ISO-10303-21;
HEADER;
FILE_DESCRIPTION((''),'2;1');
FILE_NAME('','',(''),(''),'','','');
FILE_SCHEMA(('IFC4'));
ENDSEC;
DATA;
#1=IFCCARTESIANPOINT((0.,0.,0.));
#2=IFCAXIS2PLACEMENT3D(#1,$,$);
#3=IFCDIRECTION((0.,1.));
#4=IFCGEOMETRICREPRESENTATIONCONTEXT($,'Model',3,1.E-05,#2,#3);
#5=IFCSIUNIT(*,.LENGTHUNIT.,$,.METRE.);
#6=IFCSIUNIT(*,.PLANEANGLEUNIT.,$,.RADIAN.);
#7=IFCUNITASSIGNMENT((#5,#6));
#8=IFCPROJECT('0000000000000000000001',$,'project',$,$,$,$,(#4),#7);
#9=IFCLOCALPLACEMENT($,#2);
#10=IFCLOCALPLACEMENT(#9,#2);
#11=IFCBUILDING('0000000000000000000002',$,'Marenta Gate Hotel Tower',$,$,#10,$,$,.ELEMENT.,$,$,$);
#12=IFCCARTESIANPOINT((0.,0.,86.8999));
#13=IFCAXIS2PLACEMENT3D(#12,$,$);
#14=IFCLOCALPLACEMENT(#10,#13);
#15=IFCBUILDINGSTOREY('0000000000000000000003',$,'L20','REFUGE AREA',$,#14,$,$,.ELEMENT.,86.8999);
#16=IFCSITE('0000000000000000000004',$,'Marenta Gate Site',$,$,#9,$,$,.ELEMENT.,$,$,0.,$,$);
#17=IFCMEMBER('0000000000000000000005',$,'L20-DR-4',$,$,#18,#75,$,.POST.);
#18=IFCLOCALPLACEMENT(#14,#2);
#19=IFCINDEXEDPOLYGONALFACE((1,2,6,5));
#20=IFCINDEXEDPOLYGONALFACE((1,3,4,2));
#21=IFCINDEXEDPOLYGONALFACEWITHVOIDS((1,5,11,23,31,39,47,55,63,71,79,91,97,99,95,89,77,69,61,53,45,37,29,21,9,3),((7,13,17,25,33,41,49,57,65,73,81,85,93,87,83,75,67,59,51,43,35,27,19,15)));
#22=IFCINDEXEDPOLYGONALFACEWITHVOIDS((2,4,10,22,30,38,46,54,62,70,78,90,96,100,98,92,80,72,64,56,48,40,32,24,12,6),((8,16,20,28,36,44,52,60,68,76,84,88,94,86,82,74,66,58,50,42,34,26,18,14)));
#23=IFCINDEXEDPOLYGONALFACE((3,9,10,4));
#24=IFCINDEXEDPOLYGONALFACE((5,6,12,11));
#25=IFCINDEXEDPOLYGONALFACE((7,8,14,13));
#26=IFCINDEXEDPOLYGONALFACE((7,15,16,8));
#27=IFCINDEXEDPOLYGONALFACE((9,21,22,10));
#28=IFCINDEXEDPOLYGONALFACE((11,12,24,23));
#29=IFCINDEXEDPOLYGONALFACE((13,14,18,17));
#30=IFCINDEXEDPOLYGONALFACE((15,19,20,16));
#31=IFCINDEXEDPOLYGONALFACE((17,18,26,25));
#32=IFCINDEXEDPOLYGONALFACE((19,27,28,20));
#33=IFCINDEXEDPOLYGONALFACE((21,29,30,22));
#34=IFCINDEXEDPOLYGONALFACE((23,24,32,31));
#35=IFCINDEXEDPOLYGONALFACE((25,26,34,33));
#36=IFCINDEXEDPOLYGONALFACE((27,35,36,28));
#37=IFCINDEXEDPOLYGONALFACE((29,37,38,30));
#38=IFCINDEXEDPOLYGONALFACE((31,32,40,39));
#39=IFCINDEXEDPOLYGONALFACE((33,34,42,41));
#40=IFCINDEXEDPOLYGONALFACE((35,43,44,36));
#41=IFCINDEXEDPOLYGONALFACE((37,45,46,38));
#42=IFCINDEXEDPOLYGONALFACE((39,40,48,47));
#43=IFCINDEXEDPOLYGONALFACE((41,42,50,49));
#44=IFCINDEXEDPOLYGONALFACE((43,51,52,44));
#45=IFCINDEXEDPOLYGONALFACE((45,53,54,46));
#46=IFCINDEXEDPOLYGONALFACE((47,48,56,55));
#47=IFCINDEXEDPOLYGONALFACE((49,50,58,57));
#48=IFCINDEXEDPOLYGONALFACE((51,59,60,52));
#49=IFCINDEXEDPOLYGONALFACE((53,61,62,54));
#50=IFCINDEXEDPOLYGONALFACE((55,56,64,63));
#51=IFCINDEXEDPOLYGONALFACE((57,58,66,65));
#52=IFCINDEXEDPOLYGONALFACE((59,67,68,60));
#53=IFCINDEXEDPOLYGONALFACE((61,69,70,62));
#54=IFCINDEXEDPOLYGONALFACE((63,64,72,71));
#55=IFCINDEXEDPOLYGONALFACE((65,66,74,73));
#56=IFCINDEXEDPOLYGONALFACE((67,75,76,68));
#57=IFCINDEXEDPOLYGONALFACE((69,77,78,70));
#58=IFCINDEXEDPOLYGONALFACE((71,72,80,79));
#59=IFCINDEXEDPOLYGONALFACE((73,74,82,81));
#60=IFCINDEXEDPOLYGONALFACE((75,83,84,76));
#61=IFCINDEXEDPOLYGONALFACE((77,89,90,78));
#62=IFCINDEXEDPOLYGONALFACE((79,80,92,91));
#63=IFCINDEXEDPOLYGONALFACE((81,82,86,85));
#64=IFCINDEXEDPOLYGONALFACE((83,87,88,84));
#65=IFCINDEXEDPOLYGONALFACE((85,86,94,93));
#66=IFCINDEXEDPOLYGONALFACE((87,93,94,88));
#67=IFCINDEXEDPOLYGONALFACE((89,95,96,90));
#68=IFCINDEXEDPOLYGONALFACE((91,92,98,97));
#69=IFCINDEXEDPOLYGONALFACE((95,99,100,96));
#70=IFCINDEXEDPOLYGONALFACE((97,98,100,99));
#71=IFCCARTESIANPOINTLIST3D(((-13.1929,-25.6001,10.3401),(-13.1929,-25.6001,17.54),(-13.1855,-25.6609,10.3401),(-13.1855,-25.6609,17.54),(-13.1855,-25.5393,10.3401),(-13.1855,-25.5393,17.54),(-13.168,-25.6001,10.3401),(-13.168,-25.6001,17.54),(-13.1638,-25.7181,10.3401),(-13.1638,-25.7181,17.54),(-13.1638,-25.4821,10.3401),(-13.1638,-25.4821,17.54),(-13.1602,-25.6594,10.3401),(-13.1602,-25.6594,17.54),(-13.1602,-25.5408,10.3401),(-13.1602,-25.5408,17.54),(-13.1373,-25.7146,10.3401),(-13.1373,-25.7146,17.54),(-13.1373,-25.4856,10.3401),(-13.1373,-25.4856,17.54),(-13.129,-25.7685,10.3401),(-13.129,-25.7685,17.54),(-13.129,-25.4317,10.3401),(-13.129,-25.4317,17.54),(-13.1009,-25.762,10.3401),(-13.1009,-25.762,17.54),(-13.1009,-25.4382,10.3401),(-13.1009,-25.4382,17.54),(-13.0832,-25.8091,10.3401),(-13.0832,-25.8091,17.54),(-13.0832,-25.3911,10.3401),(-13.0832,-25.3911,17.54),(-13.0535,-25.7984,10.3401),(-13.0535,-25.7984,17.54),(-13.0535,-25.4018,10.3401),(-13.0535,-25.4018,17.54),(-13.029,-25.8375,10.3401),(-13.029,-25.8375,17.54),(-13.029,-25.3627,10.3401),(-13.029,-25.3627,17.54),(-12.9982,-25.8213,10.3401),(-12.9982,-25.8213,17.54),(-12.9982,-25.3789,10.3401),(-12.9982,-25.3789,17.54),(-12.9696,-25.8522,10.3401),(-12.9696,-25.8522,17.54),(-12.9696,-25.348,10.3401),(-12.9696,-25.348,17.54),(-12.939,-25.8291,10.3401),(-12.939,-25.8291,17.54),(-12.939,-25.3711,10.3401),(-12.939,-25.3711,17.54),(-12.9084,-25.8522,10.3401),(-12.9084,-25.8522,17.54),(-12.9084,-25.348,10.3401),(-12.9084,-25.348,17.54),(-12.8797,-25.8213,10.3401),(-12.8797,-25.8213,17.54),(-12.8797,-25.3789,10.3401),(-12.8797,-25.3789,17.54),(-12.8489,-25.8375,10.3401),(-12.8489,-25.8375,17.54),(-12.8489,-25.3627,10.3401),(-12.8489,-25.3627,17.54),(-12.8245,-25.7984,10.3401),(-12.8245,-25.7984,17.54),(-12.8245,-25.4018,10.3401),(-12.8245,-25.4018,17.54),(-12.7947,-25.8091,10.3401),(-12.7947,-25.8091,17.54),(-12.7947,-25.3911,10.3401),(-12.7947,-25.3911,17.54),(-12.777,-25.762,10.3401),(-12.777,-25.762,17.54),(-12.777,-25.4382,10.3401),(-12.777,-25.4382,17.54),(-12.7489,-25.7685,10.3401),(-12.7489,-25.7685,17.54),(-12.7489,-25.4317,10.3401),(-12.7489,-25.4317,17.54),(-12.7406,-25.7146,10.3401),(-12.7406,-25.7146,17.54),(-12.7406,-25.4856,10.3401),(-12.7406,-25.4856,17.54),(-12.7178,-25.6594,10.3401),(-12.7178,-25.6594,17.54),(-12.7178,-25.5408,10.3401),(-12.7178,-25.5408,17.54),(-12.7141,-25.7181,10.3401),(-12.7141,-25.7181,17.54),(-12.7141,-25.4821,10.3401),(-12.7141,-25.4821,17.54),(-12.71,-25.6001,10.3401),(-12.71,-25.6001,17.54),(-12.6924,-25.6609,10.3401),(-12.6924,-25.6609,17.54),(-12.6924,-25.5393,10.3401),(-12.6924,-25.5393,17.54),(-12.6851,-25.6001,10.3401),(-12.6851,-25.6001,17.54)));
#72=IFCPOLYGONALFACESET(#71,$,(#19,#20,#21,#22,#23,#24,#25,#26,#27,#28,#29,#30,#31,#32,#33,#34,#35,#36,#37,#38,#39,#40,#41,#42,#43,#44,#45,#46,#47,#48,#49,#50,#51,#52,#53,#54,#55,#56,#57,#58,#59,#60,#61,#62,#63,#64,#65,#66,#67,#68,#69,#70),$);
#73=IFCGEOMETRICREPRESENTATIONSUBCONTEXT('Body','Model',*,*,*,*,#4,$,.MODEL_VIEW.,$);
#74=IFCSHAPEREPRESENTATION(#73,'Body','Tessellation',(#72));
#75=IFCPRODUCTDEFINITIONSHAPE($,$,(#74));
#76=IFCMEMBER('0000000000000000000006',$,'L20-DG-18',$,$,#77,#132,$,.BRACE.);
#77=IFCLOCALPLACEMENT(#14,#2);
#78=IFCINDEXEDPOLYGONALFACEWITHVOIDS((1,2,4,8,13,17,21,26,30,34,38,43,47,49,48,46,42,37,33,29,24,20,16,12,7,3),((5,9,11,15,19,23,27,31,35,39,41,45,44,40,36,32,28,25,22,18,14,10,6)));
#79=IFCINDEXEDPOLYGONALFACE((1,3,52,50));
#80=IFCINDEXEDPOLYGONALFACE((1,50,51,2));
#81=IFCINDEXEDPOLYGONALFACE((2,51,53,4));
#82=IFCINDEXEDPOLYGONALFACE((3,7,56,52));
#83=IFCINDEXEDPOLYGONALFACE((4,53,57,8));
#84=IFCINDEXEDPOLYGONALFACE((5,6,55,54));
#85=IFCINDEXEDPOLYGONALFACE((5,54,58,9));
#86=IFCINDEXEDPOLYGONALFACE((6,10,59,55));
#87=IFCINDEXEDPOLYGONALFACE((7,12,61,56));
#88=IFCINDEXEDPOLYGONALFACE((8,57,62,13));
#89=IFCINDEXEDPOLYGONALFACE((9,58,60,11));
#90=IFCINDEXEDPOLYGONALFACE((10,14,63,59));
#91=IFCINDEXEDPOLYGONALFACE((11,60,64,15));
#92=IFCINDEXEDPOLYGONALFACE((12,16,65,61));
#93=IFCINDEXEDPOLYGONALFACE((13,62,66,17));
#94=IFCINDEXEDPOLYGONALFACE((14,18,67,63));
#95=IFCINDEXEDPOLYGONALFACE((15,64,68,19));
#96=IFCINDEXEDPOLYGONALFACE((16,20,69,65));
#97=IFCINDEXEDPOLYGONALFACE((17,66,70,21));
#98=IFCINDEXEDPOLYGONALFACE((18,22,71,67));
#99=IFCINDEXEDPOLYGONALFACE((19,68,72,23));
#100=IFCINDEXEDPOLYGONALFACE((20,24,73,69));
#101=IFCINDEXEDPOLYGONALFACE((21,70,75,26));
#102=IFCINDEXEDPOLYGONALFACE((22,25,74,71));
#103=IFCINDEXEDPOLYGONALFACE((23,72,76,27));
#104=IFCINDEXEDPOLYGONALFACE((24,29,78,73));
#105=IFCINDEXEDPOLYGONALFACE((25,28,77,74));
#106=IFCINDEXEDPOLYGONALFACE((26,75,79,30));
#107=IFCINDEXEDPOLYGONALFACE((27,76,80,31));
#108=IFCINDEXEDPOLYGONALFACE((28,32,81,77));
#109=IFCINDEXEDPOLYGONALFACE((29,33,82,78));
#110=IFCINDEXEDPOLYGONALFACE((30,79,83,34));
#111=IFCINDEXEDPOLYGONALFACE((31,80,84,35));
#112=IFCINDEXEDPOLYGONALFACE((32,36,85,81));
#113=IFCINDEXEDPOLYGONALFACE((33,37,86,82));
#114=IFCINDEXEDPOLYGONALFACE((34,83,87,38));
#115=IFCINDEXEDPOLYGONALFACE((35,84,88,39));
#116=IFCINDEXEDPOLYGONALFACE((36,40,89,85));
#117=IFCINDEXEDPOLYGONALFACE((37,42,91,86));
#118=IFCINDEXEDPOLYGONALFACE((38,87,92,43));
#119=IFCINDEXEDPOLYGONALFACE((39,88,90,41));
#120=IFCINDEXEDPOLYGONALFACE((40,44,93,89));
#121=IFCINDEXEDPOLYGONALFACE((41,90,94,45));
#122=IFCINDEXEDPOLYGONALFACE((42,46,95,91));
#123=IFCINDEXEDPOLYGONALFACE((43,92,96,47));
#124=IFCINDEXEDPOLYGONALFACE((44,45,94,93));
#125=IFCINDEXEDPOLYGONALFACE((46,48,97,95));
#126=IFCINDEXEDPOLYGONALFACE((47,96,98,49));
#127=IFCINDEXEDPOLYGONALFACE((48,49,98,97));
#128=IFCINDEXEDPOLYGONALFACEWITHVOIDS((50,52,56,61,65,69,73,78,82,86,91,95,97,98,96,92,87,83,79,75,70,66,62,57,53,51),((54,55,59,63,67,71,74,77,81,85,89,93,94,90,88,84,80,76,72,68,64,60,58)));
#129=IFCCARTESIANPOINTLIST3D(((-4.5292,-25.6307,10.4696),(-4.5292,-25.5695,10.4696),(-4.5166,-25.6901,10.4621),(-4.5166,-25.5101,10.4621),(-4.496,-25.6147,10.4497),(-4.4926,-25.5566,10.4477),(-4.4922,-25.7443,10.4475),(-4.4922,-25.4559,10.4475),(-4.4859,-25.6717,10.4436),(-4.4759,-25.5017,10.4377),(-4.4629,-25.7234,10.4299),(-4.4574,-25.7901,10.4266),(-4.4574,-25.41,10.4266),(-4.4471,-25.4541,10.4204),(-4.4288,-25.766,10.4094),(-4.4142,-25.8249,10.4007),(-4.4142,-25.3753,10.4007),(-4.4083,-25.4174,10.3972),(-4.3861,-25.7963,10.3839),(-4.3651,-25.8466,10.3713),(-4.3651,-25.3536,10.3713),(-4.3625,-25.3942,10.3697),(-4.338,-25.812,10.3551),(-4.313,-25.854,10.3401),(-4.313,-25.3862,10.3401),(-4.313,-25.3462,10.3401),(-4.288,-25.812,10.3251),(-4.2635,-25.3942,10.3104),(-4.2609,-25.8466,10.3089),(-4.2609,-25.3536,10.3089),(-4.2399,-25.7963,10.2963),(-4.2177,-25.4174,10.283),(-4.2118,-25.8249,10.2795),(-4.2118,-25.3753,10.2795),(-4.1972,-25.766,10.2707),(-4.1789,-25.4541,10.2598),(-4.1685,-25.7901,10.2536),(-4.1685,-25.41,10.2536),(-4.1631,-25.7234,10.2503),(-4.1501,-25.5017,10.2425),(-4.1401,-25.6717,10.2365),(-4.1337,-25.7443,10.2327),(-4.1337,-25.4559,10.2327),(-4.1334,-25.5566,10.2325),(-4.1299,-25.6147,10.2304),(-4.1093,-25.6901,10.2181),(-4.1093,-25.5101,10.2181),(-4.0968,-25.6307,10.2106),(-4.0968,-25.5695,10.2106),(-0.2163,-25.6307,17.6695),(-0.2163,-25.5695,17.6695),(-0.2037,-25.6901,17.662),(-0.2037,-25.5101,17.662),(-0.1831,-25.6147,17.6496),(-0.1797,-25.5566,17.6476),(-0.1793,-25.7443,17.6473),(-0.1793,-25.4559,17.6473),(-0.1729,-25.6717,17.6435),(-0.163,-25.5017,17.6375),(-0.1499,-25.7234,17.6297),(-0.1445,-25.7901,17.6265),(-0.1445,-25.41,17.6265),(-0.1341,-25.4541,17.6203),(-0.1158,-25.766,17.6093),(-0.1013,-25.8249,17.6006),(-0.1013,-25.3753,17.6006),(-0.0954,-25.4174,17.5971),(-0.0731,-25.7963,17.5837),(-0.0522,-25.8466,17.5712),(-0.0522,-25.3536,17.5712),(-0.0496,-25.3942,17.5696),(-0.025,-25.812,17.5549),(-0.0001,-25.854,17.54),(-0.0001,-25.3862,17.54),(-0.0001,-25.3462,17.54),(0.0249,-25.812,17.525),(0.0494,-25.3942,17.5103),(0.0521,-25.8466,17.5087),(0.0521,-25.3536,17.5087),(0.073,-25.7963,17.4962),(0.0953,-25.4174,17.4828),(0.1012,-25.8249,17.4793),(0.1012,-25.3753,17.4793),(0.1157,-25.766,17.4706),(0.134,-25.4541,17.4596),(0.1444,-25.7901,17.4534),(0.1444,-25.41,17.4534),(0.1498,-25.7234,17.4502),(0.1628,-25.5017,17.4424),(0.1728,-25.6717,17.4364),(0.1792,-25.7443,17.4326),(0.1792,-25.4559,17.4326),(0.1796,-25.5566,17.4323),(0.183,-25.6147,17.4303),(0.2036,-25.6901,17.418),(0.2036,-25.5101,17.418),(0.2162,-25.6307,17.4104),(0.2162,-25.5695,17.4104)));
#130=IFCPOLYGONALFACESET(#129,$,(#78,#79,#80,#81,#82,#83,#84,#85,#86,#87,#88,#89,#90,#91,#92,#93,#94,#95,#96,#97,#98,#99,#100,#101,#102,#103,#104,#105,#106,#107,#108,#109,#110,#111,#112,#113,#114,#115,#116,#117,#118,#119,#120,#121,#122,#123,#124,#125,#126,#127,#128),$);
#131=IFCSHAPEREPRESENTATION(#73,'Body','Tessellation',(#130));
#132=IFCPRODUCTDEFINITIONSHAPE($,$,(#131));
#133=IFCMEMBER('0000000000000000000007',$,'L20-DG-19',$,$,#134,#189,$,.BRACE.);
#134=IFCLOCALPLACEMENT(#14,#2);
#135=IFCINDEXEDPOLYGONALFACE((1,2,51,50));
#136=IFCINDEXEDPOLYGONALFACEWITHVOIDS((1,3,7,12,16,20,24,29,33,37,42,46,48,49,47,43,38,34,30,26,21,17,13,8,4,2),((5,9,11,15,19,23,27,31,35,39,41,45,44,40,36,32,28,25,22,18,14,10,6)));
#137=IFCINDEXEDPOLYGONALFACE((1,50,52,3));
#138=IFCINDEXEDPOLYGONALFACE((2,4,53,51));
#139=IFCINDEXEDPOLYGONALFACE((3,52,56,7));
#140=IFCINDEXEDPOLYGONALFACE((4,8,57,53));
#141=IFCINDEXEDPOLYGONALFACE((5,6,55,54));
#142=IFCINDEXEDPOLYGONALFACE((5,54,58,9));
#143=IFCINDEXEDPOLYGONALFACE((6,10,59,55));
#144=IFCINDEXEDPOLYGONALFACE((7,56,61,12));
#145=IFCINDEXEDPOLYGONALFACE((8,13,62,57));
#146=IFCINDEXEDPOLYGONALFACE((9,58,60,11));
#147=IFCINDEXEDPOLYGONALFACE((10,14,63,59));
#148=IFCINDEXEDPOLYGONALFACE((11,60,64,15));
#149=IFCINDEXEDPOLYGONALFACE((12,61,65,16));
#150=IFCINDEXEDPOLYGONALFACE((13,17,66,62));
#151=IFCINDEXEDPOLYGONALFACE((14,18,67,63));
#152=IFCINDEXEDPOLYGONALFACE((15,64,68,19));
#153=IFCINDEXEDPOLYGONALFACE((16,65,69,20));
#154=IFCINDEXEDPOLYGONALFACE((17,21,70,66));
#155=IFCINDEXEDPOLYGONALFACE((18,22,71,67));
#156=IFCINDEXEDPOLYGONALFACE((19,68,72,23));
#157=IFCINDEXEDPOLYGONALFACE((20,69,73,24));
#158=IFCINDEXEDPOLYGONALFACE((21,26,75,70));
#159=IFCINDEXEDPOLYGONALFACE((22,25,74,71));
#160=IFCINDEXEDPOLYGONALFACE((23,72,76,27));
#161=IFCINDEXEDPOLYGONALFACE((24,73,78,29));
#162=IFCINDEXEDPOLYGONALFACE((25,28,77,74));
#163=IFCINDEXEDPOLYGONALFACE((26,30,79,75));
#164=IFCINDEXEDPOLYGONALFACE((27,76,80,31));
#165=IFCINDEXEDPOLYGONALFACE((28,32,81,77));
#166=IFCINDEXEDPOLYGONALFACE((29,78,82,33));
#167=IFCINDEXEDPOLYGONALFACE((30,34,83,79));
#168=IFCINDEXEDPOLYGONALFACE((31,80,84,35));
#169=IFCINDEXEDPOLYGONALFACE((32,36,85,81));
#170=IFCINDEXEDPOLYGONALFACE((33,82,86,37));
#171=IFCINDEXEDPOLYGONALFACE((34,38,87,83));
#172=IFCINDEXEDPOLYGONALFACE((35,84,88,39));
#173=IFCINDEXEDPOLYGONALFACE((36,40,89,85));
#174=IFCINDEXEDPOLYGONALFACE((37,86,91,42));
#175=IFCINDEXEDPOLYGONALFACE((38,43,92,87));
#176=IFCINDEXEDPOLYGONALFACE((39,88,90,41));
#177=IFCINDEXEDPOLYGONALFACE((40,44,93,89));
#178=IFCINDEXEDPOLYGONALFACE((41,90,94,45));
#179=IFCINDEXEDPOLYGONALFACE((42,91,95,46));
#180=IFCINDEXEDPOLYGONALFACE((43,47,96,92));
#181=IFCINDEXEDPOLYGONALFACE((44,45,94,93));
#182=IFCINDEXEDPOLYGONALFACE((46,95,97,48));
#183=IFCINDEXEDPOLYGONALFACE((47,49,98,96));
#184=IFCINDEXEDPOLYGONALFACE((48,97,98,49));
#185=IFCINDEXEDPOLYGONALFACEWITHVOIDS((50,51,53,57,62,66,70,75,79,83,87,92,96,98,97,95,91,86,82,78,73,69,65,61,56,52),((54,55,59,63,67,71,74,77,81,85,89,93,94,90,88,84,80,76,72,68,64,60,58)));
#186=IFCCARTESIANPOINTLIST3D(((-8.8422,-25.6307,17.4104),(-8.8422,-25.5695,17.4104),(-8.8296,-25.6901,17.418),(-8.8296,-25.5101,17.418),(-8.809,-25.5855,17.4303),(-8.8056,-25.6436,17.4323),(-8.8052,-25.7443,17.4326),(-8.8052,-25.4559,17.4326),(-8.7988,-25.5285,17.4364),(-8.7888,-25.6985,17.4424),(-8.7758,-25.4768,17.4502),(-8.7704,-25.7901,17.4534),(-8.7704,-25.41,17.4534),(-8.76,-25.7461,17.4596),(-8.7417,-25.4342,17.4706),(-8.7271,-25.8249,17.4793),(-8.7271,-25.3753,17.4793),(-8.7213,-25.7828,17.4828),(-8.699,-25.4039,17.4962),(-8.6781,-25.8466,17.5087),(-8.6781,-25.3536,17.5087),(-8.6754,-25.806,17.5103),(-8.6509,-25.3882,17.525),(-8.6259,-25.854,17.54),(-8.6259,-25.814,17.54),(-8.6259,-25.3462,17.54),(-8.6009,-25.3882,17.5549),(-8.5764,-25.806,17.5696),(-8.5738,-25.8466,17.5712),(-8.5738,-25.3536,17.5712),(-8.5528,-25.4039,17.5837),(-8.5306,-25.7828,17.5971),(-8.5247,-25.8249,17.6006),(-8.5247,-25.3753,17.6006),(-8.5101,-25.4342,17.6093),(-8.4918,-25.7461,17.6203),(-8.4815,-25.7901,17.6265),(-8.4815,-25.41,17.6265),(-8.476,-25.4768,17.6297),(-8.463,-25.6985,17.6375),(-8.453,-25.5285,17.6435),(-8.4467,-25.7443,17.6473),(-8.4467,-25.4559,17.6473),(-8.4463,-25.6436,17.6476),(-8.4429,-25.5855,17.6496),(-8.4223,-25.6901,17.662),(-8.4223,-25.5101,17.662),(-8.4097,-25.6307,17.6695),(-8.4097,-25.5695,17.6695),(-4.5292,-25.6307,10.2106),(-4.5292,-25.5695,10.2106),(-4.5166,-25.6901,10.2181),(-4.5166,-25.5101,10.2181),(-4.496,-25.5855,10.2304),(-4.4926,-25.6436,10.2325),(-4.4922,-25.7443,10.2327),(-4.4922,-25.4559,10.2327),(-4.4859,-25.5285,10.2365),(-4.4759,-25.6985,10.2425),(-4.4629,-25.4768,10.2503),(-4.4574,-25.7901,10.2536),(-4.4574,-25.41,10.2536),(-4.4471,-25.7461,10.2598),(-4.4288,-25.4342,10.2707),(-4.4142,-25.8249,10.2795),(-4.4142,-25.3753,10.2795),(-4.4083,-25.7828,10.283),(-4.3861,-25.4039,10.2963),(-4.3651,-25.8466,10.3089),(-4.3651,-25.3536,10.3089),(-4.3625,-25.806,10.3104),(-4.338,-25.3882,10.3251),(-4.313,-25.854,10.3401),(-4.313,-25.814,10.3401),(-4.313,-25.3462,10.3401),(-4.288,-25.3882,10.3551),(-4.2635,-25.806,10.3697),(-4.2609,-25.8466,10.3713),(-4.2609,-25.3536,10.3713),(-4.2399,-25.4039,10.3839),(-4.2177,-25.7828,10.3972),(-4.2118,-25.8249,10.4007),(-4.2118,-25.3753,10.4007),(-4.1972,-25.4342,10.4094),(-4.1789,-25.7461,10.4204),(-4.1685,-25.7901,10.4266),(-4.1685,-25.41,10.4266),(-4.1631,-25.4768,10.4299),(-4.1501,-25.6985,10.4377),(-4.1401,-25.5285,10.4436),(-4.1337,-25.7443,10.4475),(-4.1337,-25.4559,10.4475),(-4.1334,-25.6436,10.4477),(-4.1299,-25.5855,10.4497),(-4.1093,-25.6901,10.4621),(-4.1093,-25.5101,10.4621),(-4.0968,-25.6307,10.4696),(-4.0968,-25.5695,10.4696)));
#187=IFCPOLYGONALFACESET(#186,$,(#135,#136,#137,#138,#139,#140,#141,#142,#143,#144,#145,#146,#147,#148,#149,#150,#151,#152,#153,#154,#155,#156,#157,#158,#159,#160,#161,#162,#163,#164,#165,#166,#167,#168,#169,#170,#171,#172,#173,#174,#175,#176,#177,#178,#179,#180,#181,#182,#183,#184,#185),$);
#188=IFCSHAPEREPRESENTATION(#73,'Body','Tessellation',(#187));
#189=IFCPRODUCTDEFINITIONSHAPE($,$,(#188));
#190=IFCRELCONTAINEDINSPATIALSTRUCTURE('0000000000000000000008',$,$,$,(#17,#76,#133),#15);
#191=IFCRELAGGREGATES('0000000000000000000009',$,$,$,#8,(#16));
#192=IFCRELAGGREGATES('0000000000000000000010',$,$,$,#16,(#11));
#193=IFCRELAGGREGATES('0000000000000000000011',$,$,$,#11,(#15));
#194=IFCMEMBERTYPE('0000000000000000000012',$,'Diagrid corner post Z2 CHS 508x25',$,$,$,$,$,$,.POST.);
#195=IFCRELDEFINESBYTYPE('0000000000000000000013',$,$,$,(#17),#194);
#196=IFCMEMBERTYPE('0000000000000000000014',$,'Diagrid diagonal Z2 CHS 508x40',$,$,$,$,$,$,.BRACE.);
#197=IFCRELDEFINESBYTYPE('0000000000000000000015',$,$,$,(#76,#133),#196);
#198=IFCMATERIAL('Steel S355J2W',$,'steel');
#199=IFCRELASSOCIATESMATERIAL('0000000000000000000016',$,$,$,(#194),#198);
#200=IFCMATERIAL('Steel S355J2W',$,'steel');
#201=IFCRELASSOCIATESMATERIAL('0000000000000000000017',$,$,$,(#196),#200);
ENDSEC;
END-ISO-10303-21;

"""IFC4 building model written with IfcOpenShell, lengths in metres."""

from ifc_helpers import new_model, si_unit, direction, frame, origin, origin_2d, place, context, subcontext, project, spatial, hollow_circle, extrude, material, material_profile, profile_set, type_object, element, save


model = new_model("IFC4")

# Units and contexts
model_context = context("Model", 3, precision=1e-05, world=origin(), true_north=direction((0.0, 1.0)))
body_context = subcontext(model_context, "Body", "Model", "MODEL_VIEW")
ifc_project = project(units=[si_unit("LENGTHUNIT", "METRE"), si_unit("PLANEANGLEUNIT", "RADIAN")], contexts=[model_context])

# Site, building, storey
site_placement = place(None, origin())
site = spatial("IfcSite", under=ifc_project, at=site_placement, Name="Marenta Gate Site", CompositionType="ELEMENT", RefElevation=0.0)
building_placement = place(site_placement, origin())
building = spatial("IfcBuilding", under=site, at=building_placement, Name="Marenta Gate Hotel Tower", CompositionType="ELEMENT")
storey_placement = place(building_placement, frame((0.0, 0.0, 86.8999)))
storey = spatial("IfcBuildingStorey", under=building, at=storey_placement, Name="L20", Description="REFUGE AREA", CompositionType="ELEMENT", Elevation=86.8999)

# Members
ifc_material_1 = material(Name="Steel S355J2W", Category="steel")
ifc_material_profile_1 = material_profile(ifc_material_1, hollow_circle(Radius=0.2539, WallThickness=0.0249, at=origin_2d()), Name="CHS 508x25")
ifc_profile_set_1 = profile_set([ifc_material_profile_1], Name="Steel S355J2W")
member_type_1 = type_object("IfcMemberType", Name="Diagrid corner post Z2 CHS 508x25", PredefinedType="POST", material=ifc_profile_set_1)
member_1_placement = place(storey_placement, frame((-12.939, -25.6001, 10.3401), z_axis=(0.0, 0.0, 1.0), x_axis=(1.0, 0.0, 0.0)))
element("IfcMember", 1, at=member_1_placement, inside=storey, type_object=member_type_1, Name="L20-DR-4", PredefinedType="POST", context=body_context, shape_type="SweptSolid", body=[
    extrude(hollow_circle(Radius=0.2539, WallThickness=0.0249, at=origin_2d()), origin(), (0.0, 0.0, 1.0), 7.2),
])
ifc_material_2 = material(Name="Steel S355J2W", Category="steel")
ifc_material_profile_2 = material_profile(ifc_material_2, hollow_circle(Radius=0.2539, WallThickness=0.04, at=origin_2d()), Name="CHS 508x40")
ifc_profile_set_2 = profile_set([ifc_material_profile_2], Name="Steel S355J2W")
member_type_2 = type_object("IfcMemberType", Name="Diagrid diagonal Z2 CHS 508x40", PredefinedType="BRACE", material=ifc_profile_set_2)
for number, where, z_axis, x_axis, name in (
    (2, (-4.313, -25.6001, 10.3401), (0.513884, 0.0, 0.85786), (0.0, 1.0, 0.0), "L20-DG-18"),
    (3, (-4.313, -25.6001, 10.3401), (-0.513884, 0.0, 0.85786), (0.0, -1.0, 0.0), "L20-DG-19"),
):
    element("IfcMember", number, at=place(storey_placement, frame(where, z_axis=z_axis, x_axis=x_axis)), inside=storey, type_object=member_type_2, Name=name, PredefinedType="BRACE", context=body_context, shape_type="SweptSolid", body=[
        extrude(hollow_circle(Radius=0.2539, WallThickness=0.04, at=origin_2d()), origin(), (0.0, 0.0, 1.0), 8.3928),
    ])

save(model, "model.ifc")
